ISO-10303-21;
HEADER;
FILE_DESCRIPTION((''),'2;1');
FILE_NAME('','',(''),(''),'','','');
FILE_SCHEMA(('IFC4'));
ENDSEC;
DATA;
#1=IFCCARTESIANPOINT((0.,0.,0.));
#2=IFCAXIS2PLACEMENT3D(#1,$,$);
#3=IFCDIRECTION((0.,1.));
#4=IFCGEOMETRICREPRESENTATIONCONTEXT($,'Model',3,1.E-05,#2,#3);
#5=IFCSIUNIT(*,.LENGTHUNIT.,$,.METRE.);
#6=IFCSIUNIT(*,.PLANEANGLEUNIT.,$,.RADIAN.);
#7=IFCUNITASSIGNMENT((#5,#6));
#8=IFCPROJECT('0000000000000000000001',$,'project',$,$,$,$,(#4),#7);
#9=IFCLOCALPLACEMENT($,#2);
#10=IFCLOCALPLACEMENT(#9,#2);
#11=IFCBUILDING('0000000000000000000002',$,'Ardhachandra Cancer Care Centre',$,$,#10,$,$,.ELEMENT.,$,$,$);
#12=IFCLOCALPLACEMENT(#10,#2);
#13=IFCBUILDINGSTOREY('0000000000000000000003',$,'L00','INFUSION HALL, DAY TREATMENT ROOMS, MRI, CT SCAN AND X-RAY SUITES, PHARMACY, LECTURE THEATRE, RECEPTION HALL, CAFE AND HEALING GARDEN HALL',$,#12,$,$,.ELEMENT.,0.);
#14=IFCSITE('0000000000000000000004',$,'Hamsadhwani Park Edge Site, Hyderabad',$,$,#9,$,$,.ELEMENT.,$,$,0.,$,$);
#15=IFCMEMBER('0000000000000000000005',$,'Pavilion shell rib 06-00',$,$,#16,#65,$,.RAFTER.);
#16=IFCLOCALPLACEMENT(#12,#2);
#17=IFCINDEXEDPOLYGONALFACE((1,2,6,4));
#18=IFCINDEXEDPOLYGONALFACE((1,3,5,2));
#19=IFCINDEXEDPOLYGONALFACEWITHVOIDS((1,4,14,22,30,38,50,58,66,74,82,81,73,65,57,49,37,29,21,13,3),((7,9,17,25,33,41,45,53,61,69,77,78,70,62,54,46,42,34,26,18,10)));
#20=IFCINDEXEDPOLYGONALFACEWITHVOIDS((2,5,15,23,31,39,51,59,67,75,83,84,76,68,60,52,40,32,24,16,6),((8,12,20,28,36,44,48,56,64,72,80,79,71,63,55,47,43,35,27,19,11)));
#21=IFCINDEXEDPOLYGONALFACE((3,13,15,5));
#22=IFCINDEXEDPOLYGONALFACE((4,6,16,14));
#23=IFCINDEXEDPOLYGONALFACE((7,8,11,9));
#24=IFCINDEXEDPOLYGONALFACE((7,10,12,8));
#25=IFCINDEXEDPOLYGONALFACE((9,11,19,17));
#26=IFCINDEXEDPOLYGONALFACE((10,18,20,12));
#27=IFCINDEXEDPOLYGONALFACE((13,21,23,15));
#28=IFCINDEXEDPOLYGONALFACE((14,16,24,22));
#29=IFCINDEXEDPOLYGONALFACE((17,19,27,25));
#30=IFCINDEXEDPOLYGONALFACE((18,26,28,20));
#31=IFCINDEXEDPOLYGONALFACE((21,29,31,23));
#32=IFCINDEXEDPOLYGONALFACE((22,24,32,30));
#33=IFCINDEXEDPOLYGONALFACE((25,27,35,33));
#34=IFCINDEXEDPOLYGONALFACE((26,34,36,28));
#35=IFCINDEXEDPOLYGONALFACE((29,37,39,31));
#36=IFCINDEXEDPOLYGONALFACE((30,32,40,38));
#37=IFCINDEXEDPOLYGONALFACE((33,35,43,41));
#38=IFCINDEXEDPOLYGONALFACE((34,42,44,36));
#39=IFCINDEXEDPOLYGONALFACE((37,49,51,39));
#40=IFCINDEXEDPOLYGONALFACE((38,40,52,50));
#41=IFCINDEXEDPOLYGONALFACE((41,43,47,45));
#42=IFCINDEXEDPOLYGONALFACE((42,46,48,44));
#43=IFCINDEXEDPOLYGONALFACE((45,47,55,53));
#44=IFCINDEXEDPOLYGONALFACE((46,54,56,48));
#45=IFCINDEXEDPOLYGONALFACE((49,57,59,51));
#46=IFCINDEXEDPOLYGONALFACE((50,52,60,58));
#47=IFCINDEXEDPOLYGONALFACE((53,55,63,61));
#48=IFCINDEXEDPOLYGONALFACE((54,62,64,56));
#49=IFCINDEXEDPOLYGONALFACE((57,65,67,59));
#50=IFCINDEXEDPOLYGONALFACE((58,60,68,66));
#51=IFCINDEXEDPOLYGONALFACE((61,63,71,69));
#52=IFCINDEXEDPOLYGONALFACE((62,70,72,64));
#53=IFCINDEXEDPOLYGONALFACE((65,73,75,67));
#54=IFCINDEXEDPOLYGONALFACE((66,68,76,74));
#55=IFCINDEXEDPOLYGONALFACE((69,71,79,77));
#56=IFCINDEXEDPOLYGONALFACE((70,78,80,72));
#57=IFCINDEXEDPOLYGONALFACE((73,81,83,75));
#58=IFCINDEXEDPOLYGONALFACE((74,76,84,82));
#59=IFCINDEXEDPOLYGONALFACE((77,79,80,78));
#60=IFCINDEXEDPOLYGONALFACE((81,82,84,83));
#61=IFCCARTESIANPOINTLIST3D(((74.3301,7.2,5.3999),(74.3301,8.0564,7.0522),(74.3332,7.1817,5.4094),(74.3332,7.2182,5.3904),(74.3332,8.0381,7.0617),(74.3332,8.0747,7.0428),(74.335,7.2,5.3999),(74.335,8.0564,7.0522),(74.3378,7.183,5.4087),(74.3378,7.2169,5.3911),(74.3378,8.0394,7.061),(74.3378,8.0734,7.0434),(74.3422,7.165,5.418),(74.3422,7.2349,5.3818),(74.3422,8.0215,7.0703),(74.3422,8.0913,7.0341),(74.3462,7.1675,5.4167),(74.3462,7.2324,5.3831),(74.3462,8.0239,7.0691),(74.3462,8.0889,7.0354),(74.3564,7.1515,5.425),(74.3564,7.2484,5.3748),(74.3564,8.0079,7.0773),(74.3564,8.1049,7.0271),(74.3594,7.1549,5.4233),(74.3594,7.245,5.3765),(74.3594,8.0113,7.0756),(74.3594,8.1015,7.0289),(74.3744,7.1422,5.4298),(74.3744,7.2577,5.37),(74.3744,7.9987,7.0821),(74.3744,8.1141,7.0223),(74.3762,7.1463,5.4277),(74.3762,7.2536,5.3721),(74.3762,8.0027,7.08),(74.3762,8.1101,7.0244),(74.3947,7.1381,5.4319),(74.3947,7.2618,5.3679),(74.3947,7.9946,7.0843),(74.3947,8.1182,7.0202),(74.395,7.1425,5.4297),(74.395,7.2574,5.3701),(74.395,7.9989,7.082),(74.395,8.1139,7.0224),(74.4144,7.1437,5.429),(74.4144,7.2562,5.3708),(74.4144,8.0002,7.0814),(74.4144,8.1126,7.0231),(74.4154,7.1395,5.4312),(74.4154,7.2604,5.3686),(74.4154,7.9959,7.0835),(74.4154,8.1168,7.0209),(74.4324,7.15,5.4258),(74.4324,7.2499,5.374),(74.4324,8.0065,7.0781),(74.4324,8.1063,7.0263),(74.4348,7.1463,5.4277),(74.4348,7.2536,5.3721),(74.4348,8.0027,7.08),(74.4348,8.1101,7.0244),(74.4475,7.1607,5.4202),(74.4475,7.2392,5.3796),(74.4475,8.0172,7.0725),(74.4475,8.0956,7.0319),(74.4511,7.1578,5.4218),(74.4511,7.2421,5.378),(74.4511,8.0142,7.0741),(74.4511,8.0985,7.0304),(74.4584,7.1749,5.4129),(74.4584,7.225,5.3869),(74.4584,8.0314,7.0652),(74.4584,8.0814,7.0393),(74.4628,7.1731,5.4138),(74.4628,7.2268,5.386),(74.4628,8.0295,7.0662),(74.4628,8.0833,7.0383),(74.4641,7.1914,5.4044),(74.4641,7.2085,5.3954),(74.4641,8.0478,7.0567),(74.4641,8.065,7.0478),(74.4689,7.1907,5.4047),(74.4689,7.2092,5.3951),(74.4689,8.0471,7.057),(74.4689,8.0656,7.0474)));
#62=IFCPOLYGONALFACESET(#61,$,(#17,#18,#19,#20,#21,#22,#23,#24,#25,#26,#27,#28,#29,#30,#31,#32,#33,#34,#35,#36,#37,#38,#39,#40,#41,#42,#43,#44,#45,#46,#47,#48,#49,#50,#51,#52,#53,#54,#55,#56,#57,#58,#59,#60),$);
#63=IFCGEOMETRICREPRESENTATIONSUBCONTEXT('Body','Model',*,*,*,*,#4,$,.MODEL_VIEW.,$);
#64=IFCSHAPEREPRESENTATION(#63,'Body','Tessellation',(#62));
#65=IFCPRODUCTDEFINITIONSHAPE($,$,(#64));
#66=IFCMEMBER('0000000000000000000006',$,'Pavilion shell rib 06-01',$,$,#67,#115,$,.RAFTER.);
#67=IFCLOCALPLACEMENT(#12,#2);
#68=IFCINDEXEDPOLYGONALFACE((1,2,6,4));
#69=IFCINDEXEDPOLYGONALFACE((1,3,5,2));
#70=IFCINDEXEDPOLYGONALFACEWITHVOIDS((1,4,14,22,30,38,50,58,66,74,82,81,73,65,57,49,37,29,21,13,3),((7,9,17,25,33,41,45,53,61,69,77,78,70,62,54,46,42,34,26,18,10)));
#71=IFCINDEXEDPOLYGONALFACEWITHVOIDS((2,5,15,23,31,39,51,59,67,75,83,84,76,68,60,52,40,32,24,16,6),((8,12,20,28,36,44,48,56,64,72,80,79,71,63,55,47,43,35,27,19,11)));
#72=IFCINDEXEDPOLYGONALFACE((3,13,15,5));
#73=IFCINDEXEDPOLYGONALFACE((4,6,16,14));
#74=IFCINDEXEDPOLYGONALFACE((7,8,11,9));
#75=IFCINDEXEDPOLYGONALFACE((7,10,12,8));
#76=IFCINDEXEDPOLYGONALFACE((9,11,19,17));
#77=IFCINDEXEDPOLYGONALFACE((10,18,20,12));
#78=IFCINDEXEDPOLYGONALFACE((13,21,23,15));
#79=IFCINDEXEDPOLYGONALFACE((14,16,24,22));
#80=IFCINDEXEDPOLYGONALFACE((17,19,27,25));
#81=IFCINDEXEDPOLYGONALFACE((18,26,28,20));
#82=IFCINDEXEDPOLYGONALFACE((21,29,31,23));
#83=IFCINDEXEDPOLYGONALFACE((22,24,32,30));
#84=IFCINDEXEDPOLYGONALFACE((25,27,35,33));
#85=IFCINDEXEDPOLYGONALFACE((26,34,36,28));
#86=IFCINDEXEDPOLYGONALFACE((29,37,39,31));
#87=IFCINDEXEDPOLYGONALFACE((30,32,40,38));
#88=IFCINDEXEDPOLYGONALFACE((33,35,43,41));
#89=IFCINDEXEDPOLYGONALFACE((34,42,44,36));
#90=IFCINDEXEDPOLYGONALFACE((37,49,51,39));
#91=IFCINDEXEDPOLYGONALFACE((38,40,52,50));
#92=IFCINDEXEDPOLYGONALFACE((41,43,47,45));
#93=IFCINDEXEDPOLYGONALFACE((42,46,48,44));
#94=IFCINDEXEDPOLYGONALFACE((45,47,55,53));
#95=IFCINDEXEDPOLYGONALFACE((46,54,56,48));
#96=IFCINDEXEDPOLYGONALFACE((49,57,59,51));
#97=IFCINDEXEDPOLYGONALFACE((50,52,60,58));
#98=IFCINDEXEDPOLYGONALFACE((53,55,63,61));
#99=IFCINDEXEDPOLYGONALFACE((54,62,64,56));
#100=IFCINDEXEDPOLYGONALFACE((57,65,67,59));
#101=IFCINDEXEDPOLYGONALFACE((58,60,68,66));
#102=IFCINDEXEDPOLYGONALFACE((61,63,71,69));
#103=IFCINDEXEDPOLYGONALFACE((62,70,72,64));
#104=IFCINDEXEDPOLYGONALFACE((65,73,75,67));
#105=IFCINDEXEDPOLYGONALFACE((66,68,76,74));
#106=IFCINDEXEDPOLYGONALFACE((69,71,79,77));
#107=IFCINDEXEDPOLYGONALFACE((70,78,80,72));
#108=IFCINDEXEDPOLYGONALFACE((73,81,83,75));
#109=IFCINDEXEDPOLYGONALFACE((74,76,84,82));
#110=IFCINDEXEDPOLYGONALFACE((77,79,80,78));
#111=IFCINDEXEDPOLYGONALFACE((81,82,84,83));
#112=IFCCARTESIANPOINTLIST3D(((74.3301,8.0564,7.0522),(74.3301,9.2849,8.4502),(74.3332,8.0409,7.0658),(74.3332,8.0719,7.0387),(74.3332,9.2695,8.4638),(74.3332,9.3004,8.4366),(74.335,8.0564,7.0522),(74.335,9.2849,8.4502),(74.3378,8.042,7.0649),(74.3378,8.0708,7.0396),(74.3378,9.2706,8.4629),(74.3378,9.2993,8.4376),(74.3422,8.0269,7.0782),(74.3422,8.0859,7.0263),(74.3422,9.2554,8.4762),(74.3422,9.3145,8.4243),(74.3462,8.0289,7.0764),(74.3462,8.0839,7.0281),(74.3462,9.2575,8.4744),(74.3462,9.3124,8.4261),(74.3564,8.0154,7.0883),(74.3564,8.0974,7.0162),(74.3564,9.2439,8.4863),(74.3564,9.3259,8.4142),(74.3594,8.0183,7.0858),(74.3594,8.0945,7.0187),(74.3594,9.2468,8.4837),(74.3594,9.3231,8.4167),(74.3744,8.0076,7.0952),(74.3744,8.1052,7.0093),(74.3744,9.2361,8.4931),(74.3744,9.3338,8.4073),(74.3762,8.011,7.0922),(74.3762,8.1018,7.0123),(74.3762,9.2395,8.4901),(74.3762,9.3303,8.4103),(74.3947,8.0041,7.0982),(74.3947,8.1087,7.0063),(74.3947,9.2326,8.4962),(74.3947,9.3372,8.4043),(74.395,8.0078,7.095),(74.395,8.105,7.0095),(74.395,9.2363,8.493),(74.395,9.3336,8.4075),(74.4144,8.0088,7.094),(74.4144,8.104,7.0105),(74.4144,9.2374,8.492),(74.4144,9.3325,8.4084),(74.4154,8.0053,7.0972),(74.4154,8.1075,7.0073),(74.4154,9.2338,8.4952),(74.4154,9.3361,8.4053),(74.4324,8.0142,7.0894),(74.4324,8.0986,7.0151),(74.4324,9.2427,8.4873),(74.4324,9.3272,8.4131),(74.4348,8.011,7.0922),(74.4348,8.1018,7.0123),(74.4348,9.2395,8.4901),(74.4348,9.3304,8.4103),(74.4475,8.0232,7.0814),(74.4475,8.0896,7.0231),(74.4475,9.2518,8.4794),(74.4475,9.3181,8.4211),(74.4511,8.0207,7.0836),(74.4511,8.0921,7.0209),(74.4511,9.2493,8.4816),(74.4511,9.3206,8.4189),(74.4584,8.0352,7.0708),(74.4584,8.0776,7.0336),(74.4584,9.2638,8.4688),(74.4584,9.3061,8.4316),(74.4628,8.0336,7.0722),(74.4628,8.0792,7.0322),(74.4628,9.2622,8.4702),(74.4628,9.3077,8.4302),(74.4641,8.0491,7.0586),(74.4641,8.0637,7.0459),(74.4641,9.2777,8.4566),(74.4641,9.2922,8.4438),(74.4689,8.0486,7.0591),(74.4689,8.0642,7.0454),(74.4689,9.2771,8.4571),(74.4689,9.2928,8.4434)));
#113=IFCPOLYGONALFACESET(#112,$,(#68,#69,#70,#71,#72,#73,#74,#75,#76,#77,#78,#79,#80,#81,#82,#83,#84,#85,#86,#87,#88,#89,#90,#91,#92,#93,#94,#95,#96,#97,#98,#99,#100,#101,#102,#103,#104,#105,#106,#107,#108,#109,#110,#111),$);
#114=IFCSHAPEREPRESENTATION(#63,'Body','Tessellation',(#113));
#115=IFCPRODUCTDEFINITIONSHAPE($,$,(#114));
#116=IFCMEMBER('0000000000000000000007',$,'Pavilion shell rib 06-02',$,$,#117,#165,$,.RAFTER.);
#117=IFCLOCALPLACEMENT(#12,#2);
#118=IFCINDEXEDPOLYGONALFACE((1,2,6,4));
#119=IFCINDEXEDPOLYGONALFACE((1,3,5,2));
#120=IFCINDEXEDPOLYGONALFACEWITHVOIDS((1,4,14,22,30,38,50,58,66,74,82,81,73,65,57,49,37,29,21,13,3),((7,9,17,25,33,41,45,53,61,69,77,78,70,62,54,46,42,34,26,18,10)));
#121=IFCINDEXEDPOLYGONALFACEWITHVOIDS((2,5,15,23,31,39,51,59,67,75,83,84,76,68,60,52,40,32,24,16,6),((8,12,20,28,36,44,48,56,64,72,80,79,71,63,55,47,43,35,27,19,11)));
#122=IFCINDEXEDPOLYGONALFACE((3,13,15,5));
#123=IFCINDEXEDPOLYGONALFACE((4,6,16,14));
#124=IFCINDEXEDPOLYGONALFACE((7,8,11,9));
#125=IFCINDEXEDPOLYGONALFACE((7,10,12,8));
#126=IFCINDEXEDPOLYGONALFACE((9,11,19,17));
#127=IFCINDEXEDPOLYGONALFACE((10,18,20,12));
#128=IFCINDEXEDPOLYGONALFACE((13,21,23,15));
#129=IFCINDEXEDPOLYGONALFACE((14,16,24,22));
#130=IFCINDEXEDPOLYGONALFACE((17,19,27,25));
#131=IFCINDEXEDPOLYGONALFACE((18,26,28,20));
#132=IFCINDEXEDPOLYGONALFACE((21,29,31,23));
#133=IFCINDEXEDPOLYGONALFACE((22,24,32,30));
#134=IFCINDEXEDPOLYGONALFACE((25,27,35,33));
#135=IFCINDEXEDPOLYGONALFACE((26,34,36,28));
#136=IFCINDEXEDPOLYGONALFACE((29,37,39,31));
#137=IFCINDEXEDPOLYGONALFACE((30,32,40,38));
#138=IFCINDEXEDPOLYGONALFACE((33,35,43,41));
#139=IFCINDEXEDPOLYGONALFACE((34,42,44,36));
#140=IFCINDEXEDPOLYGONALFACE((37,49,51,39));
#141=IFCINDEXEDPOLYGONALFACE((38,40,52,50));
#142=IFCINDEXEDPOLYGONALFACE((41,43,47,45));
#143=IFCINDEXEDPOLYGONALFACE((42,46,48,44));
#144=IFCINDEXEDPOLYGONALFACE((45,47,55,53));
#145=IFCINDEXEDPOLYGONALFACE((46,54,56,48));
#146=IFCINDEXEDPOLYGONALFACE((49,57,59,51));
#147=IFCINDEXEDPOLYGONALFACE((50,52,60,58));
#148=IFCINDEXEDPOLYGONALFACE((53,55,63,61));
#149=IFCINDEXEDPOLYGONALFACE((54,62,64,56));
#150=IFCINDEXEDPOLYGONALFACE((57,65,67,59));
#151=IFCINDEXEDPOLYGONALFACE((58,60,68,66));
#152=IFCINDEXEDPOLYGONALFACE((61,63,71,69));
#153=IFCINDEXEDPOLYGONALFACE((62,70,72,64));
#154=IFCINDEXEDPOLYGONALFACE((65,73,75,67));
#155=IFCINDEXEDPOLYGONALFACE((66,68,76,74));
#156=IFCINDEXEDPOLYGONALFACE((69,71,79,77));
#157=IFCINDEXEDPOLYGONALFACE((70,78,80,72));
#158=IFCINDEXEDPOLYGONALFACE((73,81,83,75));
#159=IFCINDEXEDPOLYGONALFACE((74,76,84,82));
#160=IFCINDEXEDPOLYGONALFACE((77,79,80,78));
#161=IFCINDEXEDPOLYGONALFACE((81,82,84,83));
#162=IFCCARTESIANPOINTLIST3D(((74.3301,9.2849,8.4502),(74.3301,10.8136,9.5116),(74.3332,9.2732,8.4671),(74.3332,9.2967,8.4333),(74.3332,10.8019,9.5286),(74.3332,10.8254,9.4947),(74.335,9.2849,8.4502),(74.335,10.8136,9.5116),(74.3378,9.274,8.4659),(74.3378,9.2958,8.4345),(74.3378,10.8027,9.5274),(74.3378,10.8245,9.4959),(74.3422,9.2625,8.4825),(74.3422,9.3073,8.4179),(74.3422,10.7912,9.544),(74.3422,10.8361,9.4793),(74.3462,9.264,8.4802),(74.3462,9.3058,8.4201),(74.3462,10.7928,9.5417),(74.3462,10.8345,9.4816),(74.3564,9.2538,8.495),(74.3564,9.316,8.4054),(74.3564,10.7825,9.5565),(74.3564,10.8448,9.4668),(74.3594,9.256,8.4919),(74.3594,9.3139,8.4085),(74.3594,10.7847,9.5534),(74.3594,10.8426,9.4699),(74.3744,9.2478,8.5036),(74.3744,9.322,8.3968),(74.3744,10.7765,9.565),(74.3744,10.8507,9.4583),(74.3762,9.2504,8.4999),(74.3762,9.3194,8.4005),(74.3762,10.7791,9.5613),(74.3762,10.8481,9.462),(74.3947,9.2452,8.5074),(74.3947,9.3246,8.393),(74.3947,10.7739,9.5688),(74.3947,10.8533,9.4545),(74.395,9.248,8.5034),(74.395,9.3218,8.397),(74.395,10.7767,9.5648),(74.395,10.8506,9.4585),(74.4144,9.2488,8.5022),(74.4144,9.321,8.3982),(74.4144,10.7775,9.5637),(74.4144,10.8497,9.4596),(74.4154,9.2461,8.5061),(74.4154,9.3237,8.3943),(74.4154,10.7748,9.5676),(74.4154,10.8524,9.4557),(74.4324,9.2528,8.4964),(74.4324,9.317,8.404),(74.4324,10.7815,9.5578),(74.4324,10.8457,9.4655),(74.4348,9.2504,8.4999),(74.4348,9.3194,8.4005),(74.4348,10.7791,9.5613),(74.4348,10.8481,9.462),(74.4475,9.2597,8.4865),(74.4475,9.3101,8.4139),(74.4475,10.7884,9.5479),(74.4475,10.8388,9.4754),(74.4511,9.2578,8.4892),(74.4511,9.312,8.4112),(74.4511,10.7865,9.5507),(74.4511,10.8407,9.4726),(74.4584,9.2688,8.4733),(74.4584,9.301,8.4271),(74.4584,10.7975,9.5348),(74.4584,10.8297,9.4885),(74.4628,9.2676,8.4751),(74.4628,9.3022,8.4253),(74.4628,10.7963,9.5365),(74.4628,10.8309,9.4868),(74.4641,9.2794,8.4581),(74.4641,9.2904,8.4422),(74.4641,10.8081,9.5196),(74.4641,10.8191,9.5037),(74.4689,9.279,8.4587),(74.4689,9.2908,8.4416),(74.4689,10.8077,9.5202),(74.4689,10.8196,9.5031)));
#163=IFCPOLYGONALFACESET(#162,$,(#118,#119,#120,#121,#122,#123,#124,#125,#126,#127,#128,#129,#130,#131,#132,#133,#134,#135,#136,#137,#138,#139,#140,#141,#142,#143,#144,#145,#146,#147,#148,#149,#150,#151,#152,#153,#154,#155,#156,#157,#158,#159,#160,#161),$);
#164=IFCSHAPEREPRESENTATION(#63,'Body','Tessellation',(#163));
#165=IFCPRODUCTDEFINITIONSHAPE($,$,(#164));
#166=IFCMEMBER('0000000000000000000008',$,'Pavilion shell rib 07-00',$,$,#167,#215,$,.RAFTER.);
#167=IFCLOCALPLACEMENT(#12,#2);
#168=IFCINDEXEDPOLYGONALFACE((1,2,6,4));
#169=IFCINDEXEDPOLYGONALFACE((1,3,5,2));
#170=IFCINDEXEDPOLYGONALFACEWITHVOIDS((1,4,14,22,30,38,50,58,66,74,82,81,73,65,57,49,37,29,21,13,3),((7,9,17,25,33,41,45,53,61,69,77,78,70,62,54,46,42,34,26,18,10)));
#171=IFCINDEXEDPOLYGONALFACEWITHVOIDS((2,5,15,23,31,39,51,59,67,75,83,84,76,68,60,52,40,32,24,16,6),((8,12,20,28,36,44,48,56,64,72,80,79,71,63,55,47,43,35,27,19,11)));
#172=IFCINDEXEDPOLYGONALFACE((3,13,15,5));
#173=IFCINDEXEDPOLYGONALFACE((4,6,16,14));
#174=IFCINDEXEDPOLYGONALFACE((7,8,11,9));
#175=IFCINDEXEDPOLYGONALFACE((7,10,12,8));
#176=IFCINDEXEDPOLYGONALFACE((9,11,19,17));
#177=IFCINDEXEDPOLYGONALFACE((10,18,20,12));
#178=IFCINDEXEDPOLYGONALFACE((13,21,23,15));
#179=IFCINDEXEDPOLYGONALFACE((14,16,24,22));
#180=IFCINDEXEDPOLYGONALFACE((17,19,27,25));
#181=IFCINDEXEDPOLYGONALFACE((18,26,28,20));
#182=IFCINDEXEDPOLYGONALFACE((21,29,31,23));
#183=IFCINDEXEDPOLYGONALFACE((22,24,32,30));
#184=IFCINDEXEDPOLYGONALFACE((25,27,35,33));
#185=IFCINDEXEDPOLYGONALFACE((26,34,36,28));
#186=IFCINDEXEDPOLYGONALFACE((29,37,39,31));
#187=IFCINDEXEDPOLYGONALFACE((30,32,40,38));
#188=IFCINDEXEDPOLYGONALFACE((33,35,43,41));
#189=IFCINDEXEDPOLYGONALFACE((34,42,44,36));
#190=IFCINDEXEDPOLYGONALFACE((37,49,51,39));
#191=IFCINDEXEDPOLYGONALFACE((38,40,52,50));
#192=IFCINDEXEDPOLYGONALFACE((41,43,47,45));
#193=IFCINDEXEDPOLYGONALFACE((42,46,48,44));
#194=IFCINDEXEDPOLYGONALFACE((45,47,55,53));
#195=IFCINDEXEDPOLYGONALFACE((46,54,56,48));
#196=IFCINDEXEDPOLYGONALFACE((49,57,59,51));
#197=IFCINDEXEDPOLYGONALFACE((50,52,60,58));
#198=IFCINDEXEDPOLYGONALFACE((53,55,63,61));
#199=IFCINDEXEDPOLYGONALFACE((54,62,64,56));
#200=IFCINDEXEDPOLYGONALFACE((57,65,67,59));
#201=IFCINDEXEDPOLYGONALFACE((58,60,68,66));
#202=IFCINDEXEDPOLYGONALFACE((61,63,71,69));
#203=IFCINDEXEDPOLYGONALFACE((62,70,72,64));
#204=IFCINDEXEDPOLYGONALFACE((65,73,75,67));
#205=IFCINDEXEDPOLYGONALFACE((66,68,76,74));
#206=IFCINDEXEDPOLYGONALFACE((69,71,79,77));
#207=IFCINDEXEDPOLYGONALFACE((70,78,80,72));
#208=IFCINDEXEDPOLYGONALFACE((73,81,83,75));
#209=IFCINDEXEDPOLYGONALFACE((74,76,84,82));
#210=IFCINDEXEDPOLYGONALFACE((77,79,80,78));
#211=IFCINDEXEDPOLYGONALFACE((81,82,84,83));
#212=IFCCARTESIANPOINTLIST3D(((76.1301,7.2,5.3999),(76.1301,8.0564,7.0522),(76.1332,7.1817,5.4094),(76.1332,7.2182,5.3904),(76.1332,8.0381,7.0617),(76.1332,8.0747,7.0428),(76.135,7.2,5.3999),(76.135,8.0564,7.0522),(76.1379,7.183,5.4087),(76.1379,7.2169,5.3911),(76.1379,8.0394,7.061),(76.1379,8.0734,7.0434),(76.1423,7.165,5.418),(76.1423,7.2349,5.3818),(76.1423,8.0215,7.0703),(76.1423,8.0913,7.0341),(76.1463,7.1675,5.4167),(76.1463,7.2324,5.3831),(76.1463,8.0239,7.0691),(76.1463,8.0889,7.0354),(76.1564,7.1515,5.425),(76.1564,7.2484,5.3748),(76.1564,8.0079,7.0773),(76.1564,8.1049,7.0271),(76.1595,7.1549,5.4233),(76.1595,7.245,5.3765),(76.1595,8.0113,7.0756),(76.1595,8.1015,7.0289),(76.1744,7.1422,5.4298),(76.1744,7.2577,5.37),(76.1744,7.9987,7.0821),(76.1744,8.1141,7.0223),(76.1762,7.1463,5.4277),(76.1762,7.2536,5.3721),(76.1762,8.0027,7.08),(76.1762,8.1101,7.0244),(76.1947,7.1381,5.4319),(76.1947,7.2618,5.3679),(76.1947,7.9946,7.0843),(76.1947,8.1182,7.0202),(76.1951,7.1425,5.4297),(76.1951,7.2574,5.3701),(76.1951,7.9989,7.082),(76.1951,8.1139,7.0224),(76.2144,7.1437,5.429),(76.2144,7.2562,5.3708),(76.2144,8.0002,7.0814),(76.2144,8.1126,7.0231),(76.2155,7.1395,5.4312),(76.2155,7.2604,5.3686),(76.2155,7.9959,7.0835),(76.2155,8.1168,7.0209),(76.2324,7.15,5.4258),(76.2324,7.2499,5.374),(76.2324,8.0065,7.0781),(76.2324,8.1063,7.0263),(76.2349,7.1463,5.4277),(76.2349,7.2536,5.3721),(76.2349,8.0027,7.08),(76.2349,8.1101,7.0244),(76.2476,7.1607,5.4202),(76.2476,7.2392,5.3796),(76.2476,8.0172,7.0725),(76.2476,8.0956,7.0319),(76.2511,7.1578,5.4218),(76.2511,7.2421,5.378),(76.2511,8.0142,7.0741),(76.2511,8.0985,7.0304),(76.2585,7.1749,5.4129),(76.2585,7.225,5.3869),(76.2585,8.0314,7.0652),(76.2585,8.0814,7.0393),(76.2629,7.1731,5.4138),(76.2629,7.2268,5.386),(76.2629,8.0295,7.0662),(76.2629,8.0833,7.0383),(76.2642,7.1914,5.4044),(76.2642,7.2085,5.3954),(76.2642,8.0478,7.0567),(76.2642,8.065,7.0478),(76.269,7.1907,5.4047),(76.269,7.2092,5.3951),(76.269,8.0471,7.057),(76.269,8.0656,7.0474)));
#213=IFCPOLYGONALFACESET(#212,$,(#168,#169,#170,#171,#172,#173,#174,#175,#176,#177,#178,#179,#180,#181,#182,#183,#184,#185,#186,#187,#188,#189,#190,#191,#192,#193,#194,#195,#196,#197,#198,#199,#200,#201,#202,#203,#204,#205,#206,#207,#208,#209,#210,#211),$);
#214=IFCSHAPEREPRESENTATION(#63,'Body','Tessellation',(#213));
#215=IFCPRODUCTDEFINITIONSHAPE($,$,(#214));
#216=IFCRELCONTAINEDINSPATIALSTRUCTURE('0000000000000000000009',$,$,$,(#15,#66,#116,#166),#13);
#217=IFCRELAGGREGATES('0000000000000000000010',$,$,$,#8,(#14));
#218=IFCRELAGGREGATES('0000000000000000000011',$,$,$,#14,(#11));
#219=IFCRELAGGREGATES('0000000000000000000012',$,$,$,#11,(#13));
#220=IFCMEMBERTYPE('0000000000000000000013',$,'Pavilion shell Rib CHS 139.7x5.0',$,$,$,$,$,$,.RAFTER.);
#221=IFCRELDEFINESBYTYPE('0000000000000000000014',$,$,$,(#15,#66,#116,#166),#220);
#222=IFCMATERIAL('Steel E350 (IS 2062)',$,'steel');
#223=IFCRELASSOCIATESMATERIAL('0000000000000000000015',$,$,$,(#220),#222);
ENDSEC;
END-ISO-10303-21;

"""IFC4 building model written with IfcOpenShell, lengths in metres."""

from ifc_helpers import new_model, si_unit, direction, frame, origin, origin_2d, place, context, subcontext, project, spatial, hollow_circle, extrude, material, material_profile, profile_set, type_object, element, save


model = new_model("IFC4")

# Units and contexts
model_context = context("Model", 3, precision=1e-05, world=origin(), true_north=direction((0.0, 1.0)))
body_context = subcontext(model_context, "Body", "Model", "MODEL_VIEW")
ifc_project = project(units=[si_unit("LENGTHUNIT", "METRE"), si_unit("PLANEANGLEUNIT", "RADIAN")], contexts=[model_context])

# Site, building, storey
site_placement = place(None, origin())
site = spatial("IfcSite", under=ifc_project, at=site_placement, Name="Hamsadhwani Park Edge Site, Hyderabad", CompositionType="ELEMENT", RefElevation=0.0)
building_placement = place(site_placement, origin())
building = spatial("IfcBuilding", under=site, at=building_placement, Name="Ardhachandra Cancer Care Centre", CompositionType="ELEMENT")
storey_placement = place(building_placement, origin())
storey = spatial("IfcBuildingStorey", under=building, at=storey_placement, Name="L00", Description="INFUSION HALL, DAY TREATMENT ROOMS, MRI, CT SCAN AND X-RAY SUITES, PHARMACY, LECTURE THEATRE, RECEPTION HALL, CAFE AND HEALING GARDEN HALL", CompositionType="ELEMENT", Elevation=0.0)

# Members
ifc_material_1 = material(Name="Steel E350 (IS 2062)", Category="steel")
ifc_material_profile_1 = material_profile(ifc_material_1, hollow_circle(Radius=0.0698, WallThickness=0.0049, at=origin_2d()), Name="CHS 139.7x5.0")
ifc_profile_set_1 = profile_set([ifc_material_profile_1], Name="Steel E350 (IS 2062)")
member_type_1 = type_object("IfcMemberType", Name="Pavilion shell Rib CHS 139.7x5.0", PredefinedType="RAFTER", material=ifc_profile_set_1)
for number, where, z_axis, x_axis, name in (
    (1, (74.3999, 7.2, 5.3999), (0.0, 0.460179, 0.887826), (-1.0, 0.0, 0.0), "Pavilion shell rib 06-00"),
    (2, (74.3999, 8.0564, 7.0522), (0.0, 0.660119, 0.751161), (-1.0, 0.0, 0.0), "Pavilion shell rib 06-01"),
    (3, (74.3999, 9.2849, 8.4502), (0.0, 0.821408, 0.570342), (-1.0, 0.0, 0.0), "Pavilion shell rib 06-02"),
    (4, (76.2, 7.2, 5.3999), (0.0, 0.460179, 0.887826), (-1.0, 0.0, 0.0), "Pavilion shell rib 07-00"),
):
    element("IfcMember", number, at=place(storey_placement, frame(where, z_axis=z_axis, x_axis=x_axis)), inside=storey, type_object=member_type_1, Name=name, PredefinedType="RAFTER", context=body_context, shape_type="SweptSolid", body=[
        extrude(hollow_circle(Radius=0.0698, WallThickness=0.0049, at=origin_2d()), origin(), (0.0, 0.0, 1.0), 1.8611),
    ])

save(model, "model.ifc")
